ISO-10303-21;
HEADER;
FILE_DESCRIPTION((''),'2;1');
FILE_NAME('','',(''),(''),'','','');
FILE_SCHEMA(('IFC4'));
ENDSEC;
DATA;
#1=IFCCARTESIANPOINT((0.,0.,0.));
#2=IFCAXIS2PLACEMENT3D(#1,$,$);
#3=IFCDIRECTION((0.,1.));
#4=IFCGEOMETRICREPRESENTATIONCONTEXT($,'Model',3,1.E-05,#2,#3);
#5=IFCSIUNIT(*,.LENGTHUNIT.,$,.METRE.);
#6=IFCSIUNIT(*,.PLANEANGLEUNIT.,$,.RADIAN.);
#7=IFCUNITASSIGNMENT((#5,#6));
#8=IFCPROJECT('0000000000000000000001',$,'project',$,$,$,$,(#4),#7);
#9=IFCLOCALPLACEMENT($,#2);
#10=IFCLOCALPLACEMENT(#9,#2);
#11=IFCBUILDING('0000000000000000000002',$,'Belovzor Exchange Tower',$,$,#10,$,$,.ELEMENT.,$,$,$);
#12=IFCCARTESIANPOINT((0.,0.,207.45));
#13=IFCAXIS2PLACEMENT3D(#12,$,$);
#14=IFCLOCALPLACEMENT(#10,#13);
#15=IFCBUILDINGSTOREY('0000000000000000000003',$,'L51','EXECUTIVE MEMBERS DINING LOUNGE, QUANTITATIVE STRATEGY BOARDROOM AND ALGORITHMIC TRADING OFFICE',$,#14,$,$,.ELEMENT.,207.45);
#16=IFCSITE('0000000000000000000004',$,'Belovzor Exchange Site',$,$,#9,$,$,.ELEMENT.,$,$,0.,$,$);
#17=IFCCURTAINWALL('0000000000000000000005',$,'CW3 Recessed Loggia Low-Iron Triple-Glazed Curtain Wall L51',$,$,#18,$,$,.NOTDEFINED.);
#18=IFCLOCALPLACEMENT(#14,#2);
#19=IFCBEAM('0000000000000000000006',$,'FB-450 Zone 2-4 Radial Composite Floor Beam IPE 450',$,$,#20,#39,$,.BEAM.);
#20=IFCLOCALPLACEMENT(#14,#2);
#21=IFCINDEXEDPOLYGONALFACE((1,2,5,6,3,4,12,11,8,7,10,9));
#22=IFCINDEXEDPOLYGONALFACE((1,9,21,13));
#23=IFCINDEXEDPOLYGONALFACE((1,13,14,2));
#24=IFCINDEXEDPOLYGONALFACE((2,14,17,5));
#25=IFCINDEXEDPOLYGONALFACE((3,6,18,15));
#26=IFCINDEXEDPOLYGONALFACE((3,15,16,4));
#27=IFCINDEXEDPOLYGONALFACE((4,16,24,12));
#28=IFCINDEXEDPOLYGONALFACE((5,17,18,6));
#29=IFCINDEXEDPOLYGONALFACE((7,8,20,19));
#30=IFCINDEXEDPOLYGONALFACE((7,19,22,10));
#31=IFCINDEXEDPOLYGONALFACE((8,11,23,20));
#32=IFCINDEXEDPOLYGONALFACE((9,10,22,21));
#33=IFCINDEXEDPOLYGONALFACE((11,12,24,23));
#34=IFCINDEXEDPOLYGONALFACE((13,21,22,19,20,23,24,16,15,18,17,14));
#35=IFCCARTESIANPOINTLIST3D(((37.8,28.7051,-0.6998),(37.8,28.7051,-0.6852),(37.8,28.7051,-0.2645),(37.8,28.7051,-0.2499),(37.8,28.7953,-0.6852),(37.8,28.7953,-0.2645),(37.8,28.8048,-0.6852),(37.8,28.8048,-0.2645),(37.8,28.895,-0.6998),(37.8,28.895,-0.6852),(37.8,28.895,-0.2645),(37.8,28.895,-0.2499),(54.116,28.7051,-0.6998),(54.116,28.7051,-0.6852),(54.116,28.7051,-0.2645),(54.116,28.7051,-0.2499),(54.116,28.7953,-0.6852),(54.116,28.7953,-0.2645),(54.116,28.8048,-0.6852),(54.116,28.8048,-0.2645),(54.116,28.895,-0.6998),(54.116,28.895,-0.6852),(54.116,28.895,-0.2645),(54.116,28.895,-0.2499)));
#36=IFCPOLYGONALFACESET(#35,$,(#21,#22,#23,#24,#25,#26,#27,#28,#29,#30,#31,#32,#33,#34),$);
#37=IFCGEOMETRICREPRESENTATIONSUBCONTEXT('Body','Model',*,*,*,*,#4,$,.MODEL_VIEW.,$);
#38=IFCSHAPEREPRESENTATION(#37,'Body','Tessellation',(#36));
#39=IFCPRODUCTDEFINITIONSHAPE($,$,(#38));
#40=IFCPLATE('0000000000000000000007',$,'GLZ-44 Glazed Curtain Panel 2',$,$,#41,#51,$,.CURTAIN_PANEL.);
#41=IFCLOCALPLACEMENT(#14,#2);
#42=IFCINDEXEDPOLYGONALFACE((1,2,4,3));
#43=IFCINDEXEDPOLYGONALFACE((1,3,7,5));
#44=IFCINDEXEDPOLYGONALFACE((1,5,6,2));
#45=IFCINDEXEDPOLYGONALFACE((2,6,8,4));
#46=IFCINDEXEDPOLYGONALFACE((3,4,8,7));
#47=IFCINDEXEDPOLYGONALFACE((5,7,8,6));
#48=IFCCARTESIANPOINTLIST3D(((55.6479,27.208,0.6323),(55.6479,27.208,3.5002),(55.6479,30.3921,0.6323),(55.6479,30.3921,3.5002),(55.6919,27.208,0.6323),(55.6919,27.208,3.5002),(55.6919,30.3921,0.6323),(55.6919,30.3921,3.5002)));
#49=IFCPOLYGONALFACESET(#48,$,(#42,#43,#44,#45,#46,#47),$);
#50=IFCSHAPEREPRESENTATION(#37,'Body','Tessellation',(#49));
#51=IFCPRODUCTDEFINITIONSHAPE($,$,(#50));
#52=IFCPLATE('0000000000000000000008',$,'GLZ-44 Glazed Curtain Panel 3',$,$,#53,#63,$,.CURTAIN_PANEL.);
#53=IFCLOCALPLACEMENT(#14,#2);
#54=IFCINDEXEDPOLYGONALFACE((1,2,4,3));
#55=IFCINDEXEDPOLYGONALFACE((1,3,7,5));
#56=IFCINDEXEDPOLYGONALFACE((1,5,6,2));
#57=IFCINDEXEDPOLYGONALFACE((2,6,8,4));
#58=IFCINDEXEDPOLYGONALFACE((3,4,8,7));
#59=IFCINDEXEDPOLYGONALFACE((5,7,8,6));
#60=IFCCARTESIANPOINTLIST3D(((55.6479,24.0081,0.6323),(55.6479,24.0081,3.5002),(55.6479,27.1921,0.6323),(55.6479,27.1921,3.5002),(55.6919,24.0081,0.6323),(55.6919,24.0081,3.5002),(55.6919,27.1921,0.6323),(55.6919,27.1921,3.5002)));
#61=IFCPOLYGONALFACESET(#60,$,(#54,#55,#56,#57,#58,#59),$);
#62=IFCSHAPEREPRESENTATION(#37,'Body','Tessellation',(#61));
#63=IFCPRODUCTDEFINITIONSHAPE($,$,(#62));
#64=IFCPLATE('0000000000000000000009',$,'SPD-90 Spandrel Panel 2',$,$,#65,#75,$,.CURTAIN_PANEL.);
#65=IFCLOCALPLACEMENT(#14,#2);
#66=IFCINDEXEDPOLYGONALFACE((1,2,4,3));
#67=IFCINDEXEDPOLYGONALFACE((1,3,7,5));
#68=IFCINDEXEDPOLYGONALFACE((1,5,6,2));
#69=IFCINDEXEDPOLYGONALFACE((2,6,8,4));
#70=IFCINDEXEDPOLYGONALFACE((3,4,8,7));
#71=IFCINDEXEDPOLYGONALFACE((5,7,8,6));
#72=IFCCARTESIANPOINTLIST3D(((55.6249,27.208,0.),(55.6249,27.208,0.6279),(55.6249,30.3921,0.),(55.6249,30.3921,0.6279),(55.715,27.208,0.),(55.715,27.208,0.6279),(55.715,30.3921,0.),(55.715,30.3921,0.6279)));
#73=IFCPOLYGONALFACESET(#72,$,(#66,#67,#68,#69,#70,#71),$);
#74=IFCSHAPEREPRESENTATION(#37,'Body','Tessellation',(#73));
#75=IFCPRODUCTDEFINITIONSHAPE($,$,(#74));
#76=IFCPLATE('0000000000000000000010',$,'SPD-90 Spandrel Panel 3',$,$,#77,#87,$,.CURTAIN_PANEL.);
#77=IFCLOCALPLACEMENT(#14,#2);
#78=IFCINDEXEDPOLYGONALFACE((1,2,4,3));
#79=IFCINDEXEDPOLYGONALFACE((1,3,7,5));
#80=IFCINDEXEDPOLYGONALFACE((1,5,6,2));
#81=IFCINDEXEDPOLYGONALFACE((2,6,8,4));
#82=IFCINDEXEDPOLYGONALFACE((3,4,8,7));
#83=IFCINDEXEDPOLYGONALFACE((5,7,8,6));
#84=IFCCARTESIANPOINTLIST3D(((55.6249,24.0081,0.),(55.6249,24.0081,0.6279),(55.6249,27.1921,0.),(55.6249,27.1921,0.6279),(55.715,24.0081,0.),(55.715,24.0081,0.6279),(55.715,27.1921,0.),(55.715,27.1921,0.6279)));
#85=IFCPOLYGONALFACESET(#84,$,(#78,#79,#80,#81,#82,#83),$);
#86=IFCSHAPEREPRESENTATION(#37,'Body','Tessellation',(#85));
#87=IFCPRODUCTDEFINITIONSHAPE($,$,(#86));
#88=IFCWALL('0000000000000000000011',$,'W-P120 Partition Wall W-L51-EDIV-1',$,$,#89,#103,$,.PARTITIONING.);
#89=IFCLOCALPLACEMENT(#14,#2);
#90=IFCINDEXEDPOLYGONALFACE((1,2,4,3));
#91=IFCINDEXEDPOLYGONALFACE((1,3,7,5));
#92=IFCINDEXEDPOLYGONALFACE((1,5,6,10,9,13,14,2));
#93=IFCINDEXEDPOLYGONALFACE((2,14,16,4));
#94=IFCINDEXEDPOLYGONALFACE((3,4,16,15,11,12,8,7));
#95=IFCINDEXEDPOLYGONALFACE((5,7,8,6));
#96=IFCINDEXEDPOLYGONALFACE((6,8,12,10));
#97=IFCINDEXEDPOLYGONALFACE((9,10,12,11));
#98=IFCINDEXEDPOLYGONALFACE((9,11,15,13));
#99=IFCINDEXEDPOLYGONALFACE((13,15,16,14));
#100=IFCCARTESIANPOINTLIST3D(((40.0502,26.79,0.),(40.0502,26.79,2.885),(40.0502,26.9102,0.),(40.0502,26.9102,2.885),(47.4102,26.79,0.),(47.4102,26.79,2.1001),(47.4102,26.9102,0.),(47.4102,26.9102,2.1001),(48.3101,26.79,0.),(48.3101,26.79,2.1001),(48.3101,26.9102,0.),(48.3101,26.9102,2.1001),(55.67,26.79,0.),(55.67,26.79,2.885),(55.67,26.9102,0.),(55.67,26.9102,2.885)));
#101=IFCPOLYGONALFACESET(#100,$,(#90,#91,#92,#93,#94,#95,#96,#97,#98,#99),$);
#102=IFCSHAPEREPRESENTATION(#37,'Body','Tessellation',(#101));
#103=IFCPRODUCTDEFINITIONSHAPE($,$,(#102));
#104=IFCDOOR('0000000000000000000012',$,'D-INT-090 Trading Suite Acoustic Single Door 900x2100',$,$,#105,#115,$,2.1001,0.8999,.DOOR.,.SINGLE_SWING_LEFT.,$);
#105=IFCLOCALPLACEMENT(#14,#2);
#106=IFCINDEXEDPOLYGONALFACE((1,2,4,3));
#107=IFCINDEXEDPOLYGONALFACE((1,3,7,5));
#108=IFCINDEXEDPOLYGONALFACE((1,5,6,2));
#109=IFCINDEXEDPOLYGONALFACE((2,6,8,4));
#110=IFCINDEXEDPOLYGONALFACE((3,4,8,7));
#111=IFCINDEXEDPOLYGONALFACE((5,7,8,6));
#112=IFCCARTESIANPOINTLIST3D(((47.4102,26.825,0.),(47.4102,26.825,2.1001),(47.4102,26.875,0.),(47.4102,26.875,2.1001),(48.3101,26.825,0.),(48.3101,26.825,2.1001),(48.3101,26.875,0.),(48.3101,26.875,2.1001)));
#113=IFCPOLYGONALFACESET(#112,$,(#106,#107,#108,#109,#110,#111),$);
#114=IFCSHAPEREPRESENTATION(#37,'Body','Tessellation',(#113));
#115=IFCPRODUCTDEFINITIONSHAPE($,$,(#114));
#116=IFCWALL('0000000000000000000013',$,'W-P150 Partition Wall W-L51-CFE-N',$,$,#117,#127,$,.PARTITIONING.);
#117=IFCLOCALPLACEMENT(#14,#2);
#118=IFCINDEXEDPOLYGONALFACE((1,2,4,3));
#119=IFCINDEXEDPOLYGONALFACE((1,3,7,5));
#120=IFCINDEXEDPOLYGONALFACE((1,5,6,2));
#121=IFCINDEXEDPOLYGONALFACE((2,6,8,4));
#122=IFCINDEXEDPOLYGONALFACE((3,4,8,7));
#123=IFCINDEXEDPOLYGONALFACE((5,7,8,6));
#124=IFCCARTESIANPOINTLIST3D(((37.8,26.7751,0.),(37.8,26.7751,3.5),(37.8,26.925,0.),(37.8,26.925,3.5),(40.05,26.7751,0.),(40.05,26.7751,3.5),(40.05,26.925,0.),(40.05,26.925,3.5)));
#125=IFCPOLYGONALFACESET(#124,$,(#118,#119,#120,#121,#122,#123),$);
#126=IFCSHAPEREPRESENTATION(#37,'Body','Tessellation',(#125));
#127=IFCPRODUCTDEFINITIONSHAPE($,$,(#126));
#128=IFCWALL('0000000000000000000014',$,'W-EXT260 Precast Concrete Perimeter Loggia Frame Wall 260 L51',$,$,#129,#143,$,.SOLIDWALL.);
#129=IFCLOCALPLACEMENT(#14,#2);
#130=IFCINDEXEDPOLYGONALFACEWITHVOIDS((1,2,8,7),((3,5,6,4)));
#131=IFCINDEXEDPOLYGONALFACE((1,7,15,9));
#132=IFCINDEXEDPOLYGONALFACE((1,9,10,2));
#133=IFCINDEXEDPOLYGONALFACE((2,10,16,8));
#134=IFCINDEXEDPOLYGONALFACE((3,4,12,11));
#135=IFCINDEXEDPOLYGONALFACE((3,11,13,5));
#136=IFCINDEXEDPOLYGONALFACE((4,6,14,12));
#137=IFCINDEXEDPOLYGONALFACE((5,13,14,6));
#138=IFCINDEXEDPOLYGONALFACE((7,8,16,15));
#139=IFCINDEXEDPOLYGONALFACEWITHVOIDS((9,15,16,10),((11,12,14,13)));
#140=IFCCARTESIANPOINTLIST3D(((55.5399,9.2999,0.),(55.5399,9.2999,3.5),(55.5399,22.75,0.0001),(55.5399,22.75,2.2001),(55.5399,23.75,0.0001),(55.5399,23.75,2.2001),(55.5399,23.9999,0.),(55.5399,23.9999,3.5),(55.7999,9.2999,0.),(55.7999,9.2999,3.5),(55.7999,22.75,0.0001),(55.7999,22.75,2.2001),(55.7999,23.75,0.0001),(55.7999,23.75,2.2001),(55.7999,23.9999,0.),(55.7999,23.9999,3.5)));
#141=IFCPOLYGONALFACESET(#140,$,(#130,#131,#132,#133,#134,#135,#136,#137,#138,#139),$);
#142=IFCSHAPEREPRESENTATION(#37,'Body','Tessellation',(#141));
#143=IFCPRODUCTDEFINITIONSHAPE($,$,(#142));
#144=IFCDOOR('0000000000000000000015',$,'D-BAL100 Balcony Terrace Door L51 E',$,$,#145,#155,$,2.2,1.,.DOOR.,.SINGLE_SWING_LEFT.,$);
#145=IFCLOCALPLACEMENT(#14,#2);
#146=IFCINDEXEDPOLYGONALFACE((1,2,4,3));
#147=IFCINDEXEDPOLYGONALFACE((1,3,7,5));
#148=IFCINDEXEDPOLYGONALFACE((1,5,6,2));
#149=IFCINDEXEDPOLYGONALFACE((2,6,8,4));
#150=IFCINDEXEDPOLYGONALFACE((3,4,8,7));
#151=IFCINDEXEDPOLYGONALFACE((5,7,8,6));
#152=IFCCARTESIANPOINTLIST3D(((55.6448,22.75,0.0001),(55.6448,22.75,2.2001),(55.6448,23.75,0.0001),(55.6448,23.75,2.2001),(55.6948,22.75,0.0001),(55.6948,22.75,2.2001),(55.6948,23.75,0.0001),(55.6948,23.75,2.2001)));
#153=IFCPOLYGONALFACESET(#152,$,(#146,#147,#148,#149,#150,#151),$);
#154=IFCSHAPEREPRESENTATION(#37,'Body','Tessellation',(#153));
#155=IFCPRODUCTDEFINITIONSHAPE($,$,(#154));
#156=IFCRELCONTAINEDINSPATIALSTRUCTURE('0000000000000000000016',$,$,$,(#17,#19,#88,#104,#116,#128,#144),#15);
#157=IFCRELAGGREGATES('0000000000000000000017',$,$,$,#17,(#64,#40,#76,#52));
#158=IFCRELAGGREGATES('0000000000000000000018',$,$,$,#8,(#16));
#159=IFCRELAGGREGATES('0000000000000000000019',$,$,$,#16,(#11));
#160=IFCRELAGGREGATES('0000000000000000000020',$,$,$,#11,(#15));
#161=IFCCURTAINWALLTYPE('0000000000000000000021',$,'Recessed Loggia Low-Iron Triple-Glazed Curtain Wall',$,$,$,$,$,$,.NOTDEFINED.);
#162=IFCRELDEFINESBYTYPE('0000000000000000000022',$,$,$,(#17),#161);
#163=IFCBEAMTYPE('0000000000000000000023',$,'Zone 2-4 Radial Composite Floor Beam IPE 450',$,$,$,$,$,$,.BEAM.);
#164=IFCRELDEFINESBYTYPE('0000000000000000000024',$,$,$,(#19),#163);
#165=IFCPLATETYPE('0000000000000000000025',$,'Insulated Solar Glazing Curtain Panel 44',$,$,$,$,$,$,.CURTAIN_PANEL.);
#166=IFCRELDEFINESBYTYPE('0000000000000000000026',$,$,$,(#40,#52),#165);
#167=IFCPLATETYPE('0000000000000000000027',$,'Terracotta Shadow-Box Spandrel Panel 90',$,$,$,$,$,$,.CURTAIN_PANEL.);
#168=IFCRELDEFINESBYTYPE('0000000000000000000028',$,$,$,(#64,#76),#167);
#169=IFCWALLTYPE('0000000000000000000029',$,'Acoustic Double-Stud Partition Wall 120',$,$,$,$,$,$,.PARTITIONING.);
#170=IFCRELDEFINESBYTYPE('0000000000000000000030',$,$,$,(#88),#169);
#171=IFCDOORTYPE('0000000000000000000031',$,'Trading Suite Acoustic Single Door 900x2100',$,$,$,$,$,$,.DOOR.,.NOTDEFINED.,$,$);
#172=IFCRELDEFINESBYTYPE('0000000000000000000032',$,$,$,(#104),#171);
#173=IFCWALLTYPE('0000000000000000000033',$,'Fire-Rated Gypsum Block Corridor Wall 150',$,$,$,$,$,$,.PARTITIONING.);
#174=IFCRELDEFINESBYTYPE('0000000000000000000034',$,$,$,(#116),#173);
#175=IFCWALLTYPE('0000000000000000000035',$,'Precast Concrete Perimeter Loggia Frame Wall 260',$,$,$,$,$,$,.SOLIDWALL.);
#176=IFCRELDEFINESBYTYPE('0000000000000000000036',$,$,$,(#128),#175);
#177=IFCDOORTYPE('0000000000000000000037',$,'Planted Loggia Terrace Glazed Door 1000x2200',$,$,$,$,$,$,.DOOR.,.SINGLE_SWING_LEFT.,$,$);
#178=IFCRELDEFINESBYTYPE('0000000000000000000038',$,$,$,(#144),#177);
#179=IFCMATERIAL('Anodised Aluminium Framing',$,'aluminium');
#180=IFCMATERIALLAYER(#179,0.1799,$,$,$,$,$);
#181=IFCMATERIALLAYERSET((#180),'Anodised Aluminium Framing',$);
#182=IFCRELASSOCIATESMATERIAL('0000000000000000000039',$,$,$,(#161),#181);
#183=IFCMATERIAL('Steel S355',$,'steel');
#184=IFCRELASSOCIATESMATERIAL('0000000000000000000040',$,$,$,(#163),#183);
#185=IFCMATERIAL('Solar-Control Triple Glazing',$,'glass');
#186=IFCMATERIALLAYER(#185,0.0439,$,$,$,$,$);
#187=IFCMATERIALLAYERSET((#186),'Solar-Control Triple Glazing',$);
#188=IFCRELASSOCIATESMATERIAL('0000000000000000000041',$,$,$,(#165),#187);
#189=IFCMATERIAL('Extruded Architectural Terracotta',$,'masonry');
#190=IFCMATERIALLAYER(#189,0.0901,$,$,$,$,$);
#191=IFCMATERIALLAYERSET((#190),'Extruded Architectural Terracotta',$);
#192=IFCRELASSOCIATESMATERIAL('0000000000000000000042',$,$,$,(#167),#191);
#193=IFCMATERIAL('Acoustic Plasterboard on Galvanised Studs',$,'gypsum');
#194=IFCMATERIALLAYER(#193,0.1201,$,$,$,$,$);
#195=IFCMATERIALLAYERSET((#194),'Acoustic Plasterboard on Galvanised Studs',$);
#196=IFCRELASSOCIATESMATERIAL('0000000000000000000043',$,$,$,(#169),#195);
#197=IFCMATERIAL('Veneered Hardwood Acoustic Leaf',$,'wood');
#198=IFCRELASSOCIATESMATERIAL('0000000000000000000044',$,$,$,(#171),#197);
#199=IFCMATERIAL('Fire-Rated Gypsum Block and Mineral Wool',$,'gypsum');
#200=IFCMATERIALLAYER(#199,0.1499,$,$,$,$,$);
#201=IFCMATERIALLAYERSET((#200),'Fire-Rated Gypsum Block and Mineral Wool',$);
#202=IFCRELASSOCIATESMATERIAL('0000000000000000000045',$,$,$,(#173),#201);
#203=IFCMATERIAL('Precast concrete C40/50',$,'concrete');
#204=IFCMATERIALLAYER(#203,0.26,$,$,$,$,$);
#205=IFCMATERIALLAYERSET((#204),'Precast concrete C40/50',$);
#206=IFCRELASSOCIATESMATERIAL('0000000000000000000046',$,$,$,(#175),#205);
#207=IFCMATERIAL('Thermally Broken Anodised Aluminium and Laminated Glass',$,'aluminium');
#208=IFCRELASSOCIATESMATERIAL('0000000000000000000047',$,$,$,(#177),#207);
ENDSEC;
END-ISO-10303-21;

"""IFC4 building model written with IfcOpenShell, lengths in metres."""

from ifc_helpers import new_model, si_unit, direction, frame, frame_2d, origin, origin_2d, place, context, subcontext, project, spatial, rectangle, i_section, extrude, material, layer, layer_set, material_profile, profile_set, type_object, element, fill, aggregate, save


model = new_model("IFC4")

# Units and contexts
model_context = context("Model", 3, precision=1e-05, world=origin(), true_north=direction((0.0, 1.0)))
body_context = subcontext(model_context, "Body", "Model", "MODEL_VIEW")
ifc_project = project(units=[si_unit("LENGTHUNIT", "METRE"), si_unit("PLANEANGLEUNIT", "RADIAN")], contexts=[model_context])

# Site, building, storey
site_placement = place(None, origin())
site = spatial("IfcSite", under=ifc_project, at=site_placement, Name="Belovzor Exchange Site", CompositionType="ELEMENT", RefElevation=0.0)
building_placement = place(site_placement, origin())
building = spatial("IfcBuilding", under=site, at=building_placement, Name="Belovzor Exchange Tower", CompositionType="ELEMENT")
storey_placement = place(building_placement, frame((0.0, 0.0, 207.45)))
storey = spatial("IfcBuildingStorey", under=building, at=storey_placement, Name="L51", Description="EXECUTIVE MEMBERS DINING LOUNGE, QUANTITATIVE STRATEGY BOARDROOM AND ALGORITHMIC TRADING OFFICE", CompositionType="ELEMENT", Elevation=207.45)

# Curtain wall
ifc_material_1 = material(Name="Anodised Aluminium Framing", Category="aluminium")
ifc_layer_1 = layer(ifc_material_1, 0.1799)
ifc_layer_set_1 = layer_set([ifc_layer_1], Name="Anodised Aluminium Framing")
curtain_wall_type = type_object("IfcCurtainWallType", Name="Recessed Loggia Low-Iron Triple-Glazed Curtain Wall", PredefinedType="NOTDEFINED", material=ifc_layer_set_1)
curtain_wall_placement = place(storey_placement, origin())
curtain_wall = element("IfcCurtainWall", 1, at=curtain_wall_placement, inside=storey, type_object=curtain_wall_type, Name="CW3 Recessed Loggia Low-Iron Triple-Glazed Curtain Wall L51", PredefinedType="NOTDEFINED")

# Beam
ifc_material_2 = material(Name="Steel S355", Category="steel")
ifc_material_profile_1 = material_profile(ifc_material_2, i_section(OverallWidth=0.1899, OverallDepth=0.45, WebThickness=0.0095, FlangeThickness=0.0146, at=origin_2d()))
ifc_profile_set_1 = profile_set([ifc_material_profile_1], Name="Steel S355")
beam_type_1 = type_object("IfcBeamType", Name="Zone 2-4 Radial Composite Floor Beam IPE 450", PredefinedType="BEAM", material=ifc_profile_set_1)
beam_1_placement = place(storey_placement, frame((37.8, 28.8, -0.4749), z_axis=(1.0, 0.0, 0.0), x_axis=(0.0, 1.0, 0.0)))
element("IfcBeam", 2, at=beam_1_placement, inside=storey, type_object=beam_type_1, Name="FB-450 Zone 2-4 Radial Composite Floor Beam IPE 450", PredefinedType="BEAM", context=body_context, shape_type="SweptSolid", body=[
    extrude(i_section(OverallWidth=0.1899, OverallDepth=0.45, WebThickness=0.0095, FlangeThickness=0.0146, at=origin_2d()), origin(), (0.0, 0.0, 1.0), 16.3159),
])

# Plates
ifc_material_3 = material(Name="Solar-Control Triple Glazing", Category="glass")
ifc_layer_2 = layer(ifc_material_3, 0.0439)
ifc_layer_set_2 = layer_set([ifc_layer_2], Name="Solar-Control Triple Glazing")
plate_type_1 = type_object("IfcPlateType", Name="Insulated Solar Glazing Curtain Panel 44", PredefinedType="CURTAIN_PANEL", material=ifc_layer_set_2)
plate_1_placement = place(storey_placement, frame((55.6699, 28.8, 0.6323), z_axis=(0.0, 0.0, 1.0), x_axis=(0.0, -1.0, 0.0)))
plate_1 = element("IfcPlate", 3, at=plate_1_placement, type_object=plate_type_1, Name="GLZ-44 Glazed Curtain Panel 2", PredefinedType="CURTAIN_PANEL", context=body_context, shape_type="SweptSolid", body=[
    extrude(rectangle(XDim=3.1841, YDim=0.0439, at=origin_2d()), origin(), (0.0, 0.0, 1.0), 2.8679),
])
plate_2_placement = place(storey_placement, frame((55.6699, 25.6001, 0.6323), z_axis=(0.0, 0.0, 1.0), x_axis=(0.0, -1.0, 0.0)))
plate_2 = element("IfcPlate", 4, at=plate_2_placement, type_object=plate_type_1, Name="GLZ-44 Glazed Curtain Panel 3", PredefinedType="CURTAIN_PANEL", context=body_context, shape_type="SweptSolid", body=[
    extrude(rectangle(XDim=3.1841, YDim=0.0439, at=origin_2d()), origin(), (0.0, 0.0, 1.0), 2.8679),
])
ifc_material_4 = material(Name="Extruded Architectural Terracotta", Category="masonry")
ifc_layer_3 = layer(ifc_material_4, 0.0901)
ifc_layer_set_3 = layer_set([ifc_layer_3], Name="Extruded Architectural Terracotta")
plate_type_2 = type_object("IfcPlateType", Name="Terracotta Shadow-Box Spandrel Panel 90", PredefinedType="CURTAIN_PANEL", material=ifc_layer_set_3)
plate_3_placement = place(storey_placement, frame((55.6699, 28.8, 0.0), z_axis=(0.0, 0.0, 1.0), x_axis=(0.0, -1.0, 0.0)))
plate_3 = element("IfcPlate", 5, at=plate_3_placement, type_object=plate_type_2, Name="SPD-90 Spandrel Panel 2", PredefinedType="CURTAIN_PANEL", context=body_context, shape_type="SweptSolid", body=[
    extrude(rectangle(XDim=3.1841, YDim=0.0901, at=origin_2d()), origin(), (0.0, 0.0, 1.0), 0.6279),
])
plate_4_placement = place(storey_placement, frame((55.6699, 25.6001, 0.0), z_axis=(0.0, 0.0, 1.0), x_axis=(0.0, -1.0, 0.0)))
plate_4 = element("IfcPlate", 6, at=plate_4_placement, type_object=plate_type_2, Name="SPD-90 Spandrel Panel 3", PredefinedType="CURTAIN_PANEL", context=body_context, shape_type="SweptSolid", body=[
    extrude(rectangle(XDim=3.1841, YDim=0.0901, at=origin_2d()), origin(), (0.0, 0.0, 1.0), 0.6279),
])
aggregate(curtain_wall, [plate_3, plate_1, plate_4, plate_2])

# Wall, opening, door
ifc_material_5 = material(Name="Acoustic Plasterboard on Galvanised Studs", Category="gypsum")
ifc_layer_4 = layer(ifc_material_5, 0.1201)
ifc_layer_set_4 = layer_set([ifc_layer_4], Name="Acoustic Plasterboard on Galvanised Studs")
wall_type_1 = type_object("IfcWallType", Name="Acoustic Double-Stud Partition Wall 120", PredefinedType="PARTITIONING", material=ifc_layer_set_4)
wall_1_placement = place(storey_placement, frame((40.05, 26.8501, 0.0), z_axis=(0.0, 0.0, 1.0), x_axis=(1.0, 0.0, 0.0)))
wall_1 = element("IfcWall", 7, at=wall_1_placement, inside=storey, type_object=wall_type_1, Name="W-P120 Partition Wall W-L51-EDIV-1", PredefinedType="PARTITIONING", context=body_context, shape_type="SweptSolid", body=[
    extrude(rectangle(XDim=15.6199, YDim=0.1201, at=frame_2d((7.8101, 0.0))), origin(), (0.0, 0.0, 1.0), 2.885),
])
opening_1_placement = place(wall_1_placement, frame((7.3601, 0.0, 0.0)))
opening_1 = element("IfcOpeningElement", 8, at=opening_1_placement, cuts=wall_1, PredefinedType="OPENING", context=body_context, shape_type="SweptSolid", body=[
    extrude(rectangle(XDim=0.8999, YDim=2.1001, at=frame_2d((0.45, 1.05))), frame((0.0, 0.0701, 0.0), z_axis=(0.0, -1.0, 0.0), x_axis=(1.0, 0.0, 0.0)), (0.0, 0.0, 1.0), 0.1401),
])
ifc_material_6 = material(Name="Veneered Hardwood Acoustic Leaf", Category="wood")
door_type_1 = type_object("IfcDoorType", Name="Trading Suite Acoustic Single Door 900x2100", OperationType="NOTDEFINED", PredefinedType="DOOR", material=ifc_material_6)
door_1_placement = place(opening_1_placement, origin())
door_1 = element("IfcDoor", 9, at=door_1_placement, inside=storey, type_object=door_type_1, Name="D-INT-090 Trading Suite Acoustic Single Door 900x2100", OperationType="SINGLE_SWING_LEFT", OverallHeight=2.1001, OverallWidth=0.8999, PredefinedType="DOOR", context=body_context, shape_type="SweptSolid", body=[
    extrude(rectangle(XDim=0.8999, YDim=2.1001, at=frame_2d((0.45, 1.05))), frame((0.0, 0.0249, 0.0), z_axis=(0.0, -1.0, 0.0), x_axis=(1.0, 0.0, 0.0)), (0.0, 0.0, 1.0), 0.05),
])
fill(opening_1, door_1)

# Wall
ifc_material_7 = material(Name="Fire-Rated Gypsum Block and Mineral Wool", Category="gypsum")
ifc_layer_5 = layer(ifc_material_7, 0.1499)
ifc_layer_set_5 = layer_set([ifc_layer_5], Name="Fire-Rated Gypsum Block and Mineral Wool")
wall_type_2 = type_object("IfcWallType", Name="Fire-Rated Gypsum Block Corridor Wall 150", PredefinedType="PARTITIONING", material=ifc_layer_set_5)
wall_2_placement = place(storey_placement, frame((37.8, 26.8501, 0.0), z_axis=(0.0, 0.0, 1.0), x_axis=(1.0, 0.0, 0.0)))
element("IfcWall", 10, at=wall_2_placement, inside=storey, type_object=wall_type_2, Name="W-P150 Partition Wall W-L51-CFE-N", PredefinedType="PARTITIONING", context=body_context, shape_type="SweptSolid", body=[
    extrude(rectangle(XDim=2.25, YDim=0.1499, at=frame_2d((1.125, 0.0))), origin(), (0.0, 0.0, 1.0), 3.5),
])

# Wall, opening, door
ifc_material_8 = material(Name="Precast concrete C40/50", Category="concrete")
ifc_layer_6 = layer(ifc_material_8, 0.26)
ifc_layer_set_6 = layer_set([ifc_layer_6], Name="Precast concrete C40/50")
wall_type_3 = type_object("IfcWallType", Name="Precast Concrete Perimeter Loggia Frame Wall 260", PredefinedType="SOLIDWALL", material=ifc_layer_set_6)
wall_3_placement = place(storey_placement, frame((55.6699, 24.0, 0.0), z_axis=(0.0, 0.0, 1.0), x_axis=(0.0, -1.0, 0.0)))
wall_3 = element("IfcWall", 11, at=wall_3_placement, inside=storey, type_object=wall_type_3, Name="W-EXT260 Precast Concrete Perimeter Loggia Frame Wall 260 L51", PredefinedType="SOLIDWALL", context=body_context, shape_type="SweptSolid", body=[
    extrude(rectangle(XDim=14.7, YDim=0.26, at=frame_2d((7.3501, 0.0))), origin(), (0.0, 0.0, 1.0), 3.5),
])
opening_2_placement = place(wall_3_placement, frame((0.25, 0.0, 0.0)))
opening_2 = element("IfcOpeningElement", 12, at=opening_2_placement, cuts=wall_3, PredefinedType="OPENING", context=body_context, shape_type="SweptSolid", body=[
    extrude(rectangle(XDim=1.0, YDim=2.2, at=frame_2d((0.5, 1.1001))), frame((0.0, 0.1399, 0.0), z_axis=(0.0, -1.0, 0.0), x_axis=(1.0, 0.0, 0.0)), (0.0, 0.0, 1.0), 0.28),
])
ifc_material_9 = material(Name="Thermally Broken Anodised Aluminium and Laminated Glass", Category="aluminium")
door_type_2 = type_object("IfcDoorType", Name="Planted Loggia Terrace Glazed Door 1000x2200", OperationType="SINGLE_SWING_LEFT", PredefinedType="DOOR", material=ifc_material_9)
door_2_placement = place(opening_2_placement, origin())
door_2 = element("IfcDoor", 13, at=door_2_placement, inside=storey, type_object=door_type_2, Name="D-BAL100 Balcony Terrace Door L51 E", OperationType="SINGLE_SWING_LEFT", OverallHeight=2.2, OverallWidth=1.0, PredefinedType="DOOR", context=body_context, shape_type="SweptSolid", body=[
    extrude(rectangle(XDim=1.0, YDim=2.2, at=frame_2d((0.5, 1.1001))), frame((0.0, 0.0249, 0.0), z_axis=(0.0, -1.0, 0.0), x_axis=(1.0, 0.0, 0.0)), (0.0, 0.0, 1.0), 0.05),
])
fill(opening_2, door_2)

save(model, "model.ifc")
